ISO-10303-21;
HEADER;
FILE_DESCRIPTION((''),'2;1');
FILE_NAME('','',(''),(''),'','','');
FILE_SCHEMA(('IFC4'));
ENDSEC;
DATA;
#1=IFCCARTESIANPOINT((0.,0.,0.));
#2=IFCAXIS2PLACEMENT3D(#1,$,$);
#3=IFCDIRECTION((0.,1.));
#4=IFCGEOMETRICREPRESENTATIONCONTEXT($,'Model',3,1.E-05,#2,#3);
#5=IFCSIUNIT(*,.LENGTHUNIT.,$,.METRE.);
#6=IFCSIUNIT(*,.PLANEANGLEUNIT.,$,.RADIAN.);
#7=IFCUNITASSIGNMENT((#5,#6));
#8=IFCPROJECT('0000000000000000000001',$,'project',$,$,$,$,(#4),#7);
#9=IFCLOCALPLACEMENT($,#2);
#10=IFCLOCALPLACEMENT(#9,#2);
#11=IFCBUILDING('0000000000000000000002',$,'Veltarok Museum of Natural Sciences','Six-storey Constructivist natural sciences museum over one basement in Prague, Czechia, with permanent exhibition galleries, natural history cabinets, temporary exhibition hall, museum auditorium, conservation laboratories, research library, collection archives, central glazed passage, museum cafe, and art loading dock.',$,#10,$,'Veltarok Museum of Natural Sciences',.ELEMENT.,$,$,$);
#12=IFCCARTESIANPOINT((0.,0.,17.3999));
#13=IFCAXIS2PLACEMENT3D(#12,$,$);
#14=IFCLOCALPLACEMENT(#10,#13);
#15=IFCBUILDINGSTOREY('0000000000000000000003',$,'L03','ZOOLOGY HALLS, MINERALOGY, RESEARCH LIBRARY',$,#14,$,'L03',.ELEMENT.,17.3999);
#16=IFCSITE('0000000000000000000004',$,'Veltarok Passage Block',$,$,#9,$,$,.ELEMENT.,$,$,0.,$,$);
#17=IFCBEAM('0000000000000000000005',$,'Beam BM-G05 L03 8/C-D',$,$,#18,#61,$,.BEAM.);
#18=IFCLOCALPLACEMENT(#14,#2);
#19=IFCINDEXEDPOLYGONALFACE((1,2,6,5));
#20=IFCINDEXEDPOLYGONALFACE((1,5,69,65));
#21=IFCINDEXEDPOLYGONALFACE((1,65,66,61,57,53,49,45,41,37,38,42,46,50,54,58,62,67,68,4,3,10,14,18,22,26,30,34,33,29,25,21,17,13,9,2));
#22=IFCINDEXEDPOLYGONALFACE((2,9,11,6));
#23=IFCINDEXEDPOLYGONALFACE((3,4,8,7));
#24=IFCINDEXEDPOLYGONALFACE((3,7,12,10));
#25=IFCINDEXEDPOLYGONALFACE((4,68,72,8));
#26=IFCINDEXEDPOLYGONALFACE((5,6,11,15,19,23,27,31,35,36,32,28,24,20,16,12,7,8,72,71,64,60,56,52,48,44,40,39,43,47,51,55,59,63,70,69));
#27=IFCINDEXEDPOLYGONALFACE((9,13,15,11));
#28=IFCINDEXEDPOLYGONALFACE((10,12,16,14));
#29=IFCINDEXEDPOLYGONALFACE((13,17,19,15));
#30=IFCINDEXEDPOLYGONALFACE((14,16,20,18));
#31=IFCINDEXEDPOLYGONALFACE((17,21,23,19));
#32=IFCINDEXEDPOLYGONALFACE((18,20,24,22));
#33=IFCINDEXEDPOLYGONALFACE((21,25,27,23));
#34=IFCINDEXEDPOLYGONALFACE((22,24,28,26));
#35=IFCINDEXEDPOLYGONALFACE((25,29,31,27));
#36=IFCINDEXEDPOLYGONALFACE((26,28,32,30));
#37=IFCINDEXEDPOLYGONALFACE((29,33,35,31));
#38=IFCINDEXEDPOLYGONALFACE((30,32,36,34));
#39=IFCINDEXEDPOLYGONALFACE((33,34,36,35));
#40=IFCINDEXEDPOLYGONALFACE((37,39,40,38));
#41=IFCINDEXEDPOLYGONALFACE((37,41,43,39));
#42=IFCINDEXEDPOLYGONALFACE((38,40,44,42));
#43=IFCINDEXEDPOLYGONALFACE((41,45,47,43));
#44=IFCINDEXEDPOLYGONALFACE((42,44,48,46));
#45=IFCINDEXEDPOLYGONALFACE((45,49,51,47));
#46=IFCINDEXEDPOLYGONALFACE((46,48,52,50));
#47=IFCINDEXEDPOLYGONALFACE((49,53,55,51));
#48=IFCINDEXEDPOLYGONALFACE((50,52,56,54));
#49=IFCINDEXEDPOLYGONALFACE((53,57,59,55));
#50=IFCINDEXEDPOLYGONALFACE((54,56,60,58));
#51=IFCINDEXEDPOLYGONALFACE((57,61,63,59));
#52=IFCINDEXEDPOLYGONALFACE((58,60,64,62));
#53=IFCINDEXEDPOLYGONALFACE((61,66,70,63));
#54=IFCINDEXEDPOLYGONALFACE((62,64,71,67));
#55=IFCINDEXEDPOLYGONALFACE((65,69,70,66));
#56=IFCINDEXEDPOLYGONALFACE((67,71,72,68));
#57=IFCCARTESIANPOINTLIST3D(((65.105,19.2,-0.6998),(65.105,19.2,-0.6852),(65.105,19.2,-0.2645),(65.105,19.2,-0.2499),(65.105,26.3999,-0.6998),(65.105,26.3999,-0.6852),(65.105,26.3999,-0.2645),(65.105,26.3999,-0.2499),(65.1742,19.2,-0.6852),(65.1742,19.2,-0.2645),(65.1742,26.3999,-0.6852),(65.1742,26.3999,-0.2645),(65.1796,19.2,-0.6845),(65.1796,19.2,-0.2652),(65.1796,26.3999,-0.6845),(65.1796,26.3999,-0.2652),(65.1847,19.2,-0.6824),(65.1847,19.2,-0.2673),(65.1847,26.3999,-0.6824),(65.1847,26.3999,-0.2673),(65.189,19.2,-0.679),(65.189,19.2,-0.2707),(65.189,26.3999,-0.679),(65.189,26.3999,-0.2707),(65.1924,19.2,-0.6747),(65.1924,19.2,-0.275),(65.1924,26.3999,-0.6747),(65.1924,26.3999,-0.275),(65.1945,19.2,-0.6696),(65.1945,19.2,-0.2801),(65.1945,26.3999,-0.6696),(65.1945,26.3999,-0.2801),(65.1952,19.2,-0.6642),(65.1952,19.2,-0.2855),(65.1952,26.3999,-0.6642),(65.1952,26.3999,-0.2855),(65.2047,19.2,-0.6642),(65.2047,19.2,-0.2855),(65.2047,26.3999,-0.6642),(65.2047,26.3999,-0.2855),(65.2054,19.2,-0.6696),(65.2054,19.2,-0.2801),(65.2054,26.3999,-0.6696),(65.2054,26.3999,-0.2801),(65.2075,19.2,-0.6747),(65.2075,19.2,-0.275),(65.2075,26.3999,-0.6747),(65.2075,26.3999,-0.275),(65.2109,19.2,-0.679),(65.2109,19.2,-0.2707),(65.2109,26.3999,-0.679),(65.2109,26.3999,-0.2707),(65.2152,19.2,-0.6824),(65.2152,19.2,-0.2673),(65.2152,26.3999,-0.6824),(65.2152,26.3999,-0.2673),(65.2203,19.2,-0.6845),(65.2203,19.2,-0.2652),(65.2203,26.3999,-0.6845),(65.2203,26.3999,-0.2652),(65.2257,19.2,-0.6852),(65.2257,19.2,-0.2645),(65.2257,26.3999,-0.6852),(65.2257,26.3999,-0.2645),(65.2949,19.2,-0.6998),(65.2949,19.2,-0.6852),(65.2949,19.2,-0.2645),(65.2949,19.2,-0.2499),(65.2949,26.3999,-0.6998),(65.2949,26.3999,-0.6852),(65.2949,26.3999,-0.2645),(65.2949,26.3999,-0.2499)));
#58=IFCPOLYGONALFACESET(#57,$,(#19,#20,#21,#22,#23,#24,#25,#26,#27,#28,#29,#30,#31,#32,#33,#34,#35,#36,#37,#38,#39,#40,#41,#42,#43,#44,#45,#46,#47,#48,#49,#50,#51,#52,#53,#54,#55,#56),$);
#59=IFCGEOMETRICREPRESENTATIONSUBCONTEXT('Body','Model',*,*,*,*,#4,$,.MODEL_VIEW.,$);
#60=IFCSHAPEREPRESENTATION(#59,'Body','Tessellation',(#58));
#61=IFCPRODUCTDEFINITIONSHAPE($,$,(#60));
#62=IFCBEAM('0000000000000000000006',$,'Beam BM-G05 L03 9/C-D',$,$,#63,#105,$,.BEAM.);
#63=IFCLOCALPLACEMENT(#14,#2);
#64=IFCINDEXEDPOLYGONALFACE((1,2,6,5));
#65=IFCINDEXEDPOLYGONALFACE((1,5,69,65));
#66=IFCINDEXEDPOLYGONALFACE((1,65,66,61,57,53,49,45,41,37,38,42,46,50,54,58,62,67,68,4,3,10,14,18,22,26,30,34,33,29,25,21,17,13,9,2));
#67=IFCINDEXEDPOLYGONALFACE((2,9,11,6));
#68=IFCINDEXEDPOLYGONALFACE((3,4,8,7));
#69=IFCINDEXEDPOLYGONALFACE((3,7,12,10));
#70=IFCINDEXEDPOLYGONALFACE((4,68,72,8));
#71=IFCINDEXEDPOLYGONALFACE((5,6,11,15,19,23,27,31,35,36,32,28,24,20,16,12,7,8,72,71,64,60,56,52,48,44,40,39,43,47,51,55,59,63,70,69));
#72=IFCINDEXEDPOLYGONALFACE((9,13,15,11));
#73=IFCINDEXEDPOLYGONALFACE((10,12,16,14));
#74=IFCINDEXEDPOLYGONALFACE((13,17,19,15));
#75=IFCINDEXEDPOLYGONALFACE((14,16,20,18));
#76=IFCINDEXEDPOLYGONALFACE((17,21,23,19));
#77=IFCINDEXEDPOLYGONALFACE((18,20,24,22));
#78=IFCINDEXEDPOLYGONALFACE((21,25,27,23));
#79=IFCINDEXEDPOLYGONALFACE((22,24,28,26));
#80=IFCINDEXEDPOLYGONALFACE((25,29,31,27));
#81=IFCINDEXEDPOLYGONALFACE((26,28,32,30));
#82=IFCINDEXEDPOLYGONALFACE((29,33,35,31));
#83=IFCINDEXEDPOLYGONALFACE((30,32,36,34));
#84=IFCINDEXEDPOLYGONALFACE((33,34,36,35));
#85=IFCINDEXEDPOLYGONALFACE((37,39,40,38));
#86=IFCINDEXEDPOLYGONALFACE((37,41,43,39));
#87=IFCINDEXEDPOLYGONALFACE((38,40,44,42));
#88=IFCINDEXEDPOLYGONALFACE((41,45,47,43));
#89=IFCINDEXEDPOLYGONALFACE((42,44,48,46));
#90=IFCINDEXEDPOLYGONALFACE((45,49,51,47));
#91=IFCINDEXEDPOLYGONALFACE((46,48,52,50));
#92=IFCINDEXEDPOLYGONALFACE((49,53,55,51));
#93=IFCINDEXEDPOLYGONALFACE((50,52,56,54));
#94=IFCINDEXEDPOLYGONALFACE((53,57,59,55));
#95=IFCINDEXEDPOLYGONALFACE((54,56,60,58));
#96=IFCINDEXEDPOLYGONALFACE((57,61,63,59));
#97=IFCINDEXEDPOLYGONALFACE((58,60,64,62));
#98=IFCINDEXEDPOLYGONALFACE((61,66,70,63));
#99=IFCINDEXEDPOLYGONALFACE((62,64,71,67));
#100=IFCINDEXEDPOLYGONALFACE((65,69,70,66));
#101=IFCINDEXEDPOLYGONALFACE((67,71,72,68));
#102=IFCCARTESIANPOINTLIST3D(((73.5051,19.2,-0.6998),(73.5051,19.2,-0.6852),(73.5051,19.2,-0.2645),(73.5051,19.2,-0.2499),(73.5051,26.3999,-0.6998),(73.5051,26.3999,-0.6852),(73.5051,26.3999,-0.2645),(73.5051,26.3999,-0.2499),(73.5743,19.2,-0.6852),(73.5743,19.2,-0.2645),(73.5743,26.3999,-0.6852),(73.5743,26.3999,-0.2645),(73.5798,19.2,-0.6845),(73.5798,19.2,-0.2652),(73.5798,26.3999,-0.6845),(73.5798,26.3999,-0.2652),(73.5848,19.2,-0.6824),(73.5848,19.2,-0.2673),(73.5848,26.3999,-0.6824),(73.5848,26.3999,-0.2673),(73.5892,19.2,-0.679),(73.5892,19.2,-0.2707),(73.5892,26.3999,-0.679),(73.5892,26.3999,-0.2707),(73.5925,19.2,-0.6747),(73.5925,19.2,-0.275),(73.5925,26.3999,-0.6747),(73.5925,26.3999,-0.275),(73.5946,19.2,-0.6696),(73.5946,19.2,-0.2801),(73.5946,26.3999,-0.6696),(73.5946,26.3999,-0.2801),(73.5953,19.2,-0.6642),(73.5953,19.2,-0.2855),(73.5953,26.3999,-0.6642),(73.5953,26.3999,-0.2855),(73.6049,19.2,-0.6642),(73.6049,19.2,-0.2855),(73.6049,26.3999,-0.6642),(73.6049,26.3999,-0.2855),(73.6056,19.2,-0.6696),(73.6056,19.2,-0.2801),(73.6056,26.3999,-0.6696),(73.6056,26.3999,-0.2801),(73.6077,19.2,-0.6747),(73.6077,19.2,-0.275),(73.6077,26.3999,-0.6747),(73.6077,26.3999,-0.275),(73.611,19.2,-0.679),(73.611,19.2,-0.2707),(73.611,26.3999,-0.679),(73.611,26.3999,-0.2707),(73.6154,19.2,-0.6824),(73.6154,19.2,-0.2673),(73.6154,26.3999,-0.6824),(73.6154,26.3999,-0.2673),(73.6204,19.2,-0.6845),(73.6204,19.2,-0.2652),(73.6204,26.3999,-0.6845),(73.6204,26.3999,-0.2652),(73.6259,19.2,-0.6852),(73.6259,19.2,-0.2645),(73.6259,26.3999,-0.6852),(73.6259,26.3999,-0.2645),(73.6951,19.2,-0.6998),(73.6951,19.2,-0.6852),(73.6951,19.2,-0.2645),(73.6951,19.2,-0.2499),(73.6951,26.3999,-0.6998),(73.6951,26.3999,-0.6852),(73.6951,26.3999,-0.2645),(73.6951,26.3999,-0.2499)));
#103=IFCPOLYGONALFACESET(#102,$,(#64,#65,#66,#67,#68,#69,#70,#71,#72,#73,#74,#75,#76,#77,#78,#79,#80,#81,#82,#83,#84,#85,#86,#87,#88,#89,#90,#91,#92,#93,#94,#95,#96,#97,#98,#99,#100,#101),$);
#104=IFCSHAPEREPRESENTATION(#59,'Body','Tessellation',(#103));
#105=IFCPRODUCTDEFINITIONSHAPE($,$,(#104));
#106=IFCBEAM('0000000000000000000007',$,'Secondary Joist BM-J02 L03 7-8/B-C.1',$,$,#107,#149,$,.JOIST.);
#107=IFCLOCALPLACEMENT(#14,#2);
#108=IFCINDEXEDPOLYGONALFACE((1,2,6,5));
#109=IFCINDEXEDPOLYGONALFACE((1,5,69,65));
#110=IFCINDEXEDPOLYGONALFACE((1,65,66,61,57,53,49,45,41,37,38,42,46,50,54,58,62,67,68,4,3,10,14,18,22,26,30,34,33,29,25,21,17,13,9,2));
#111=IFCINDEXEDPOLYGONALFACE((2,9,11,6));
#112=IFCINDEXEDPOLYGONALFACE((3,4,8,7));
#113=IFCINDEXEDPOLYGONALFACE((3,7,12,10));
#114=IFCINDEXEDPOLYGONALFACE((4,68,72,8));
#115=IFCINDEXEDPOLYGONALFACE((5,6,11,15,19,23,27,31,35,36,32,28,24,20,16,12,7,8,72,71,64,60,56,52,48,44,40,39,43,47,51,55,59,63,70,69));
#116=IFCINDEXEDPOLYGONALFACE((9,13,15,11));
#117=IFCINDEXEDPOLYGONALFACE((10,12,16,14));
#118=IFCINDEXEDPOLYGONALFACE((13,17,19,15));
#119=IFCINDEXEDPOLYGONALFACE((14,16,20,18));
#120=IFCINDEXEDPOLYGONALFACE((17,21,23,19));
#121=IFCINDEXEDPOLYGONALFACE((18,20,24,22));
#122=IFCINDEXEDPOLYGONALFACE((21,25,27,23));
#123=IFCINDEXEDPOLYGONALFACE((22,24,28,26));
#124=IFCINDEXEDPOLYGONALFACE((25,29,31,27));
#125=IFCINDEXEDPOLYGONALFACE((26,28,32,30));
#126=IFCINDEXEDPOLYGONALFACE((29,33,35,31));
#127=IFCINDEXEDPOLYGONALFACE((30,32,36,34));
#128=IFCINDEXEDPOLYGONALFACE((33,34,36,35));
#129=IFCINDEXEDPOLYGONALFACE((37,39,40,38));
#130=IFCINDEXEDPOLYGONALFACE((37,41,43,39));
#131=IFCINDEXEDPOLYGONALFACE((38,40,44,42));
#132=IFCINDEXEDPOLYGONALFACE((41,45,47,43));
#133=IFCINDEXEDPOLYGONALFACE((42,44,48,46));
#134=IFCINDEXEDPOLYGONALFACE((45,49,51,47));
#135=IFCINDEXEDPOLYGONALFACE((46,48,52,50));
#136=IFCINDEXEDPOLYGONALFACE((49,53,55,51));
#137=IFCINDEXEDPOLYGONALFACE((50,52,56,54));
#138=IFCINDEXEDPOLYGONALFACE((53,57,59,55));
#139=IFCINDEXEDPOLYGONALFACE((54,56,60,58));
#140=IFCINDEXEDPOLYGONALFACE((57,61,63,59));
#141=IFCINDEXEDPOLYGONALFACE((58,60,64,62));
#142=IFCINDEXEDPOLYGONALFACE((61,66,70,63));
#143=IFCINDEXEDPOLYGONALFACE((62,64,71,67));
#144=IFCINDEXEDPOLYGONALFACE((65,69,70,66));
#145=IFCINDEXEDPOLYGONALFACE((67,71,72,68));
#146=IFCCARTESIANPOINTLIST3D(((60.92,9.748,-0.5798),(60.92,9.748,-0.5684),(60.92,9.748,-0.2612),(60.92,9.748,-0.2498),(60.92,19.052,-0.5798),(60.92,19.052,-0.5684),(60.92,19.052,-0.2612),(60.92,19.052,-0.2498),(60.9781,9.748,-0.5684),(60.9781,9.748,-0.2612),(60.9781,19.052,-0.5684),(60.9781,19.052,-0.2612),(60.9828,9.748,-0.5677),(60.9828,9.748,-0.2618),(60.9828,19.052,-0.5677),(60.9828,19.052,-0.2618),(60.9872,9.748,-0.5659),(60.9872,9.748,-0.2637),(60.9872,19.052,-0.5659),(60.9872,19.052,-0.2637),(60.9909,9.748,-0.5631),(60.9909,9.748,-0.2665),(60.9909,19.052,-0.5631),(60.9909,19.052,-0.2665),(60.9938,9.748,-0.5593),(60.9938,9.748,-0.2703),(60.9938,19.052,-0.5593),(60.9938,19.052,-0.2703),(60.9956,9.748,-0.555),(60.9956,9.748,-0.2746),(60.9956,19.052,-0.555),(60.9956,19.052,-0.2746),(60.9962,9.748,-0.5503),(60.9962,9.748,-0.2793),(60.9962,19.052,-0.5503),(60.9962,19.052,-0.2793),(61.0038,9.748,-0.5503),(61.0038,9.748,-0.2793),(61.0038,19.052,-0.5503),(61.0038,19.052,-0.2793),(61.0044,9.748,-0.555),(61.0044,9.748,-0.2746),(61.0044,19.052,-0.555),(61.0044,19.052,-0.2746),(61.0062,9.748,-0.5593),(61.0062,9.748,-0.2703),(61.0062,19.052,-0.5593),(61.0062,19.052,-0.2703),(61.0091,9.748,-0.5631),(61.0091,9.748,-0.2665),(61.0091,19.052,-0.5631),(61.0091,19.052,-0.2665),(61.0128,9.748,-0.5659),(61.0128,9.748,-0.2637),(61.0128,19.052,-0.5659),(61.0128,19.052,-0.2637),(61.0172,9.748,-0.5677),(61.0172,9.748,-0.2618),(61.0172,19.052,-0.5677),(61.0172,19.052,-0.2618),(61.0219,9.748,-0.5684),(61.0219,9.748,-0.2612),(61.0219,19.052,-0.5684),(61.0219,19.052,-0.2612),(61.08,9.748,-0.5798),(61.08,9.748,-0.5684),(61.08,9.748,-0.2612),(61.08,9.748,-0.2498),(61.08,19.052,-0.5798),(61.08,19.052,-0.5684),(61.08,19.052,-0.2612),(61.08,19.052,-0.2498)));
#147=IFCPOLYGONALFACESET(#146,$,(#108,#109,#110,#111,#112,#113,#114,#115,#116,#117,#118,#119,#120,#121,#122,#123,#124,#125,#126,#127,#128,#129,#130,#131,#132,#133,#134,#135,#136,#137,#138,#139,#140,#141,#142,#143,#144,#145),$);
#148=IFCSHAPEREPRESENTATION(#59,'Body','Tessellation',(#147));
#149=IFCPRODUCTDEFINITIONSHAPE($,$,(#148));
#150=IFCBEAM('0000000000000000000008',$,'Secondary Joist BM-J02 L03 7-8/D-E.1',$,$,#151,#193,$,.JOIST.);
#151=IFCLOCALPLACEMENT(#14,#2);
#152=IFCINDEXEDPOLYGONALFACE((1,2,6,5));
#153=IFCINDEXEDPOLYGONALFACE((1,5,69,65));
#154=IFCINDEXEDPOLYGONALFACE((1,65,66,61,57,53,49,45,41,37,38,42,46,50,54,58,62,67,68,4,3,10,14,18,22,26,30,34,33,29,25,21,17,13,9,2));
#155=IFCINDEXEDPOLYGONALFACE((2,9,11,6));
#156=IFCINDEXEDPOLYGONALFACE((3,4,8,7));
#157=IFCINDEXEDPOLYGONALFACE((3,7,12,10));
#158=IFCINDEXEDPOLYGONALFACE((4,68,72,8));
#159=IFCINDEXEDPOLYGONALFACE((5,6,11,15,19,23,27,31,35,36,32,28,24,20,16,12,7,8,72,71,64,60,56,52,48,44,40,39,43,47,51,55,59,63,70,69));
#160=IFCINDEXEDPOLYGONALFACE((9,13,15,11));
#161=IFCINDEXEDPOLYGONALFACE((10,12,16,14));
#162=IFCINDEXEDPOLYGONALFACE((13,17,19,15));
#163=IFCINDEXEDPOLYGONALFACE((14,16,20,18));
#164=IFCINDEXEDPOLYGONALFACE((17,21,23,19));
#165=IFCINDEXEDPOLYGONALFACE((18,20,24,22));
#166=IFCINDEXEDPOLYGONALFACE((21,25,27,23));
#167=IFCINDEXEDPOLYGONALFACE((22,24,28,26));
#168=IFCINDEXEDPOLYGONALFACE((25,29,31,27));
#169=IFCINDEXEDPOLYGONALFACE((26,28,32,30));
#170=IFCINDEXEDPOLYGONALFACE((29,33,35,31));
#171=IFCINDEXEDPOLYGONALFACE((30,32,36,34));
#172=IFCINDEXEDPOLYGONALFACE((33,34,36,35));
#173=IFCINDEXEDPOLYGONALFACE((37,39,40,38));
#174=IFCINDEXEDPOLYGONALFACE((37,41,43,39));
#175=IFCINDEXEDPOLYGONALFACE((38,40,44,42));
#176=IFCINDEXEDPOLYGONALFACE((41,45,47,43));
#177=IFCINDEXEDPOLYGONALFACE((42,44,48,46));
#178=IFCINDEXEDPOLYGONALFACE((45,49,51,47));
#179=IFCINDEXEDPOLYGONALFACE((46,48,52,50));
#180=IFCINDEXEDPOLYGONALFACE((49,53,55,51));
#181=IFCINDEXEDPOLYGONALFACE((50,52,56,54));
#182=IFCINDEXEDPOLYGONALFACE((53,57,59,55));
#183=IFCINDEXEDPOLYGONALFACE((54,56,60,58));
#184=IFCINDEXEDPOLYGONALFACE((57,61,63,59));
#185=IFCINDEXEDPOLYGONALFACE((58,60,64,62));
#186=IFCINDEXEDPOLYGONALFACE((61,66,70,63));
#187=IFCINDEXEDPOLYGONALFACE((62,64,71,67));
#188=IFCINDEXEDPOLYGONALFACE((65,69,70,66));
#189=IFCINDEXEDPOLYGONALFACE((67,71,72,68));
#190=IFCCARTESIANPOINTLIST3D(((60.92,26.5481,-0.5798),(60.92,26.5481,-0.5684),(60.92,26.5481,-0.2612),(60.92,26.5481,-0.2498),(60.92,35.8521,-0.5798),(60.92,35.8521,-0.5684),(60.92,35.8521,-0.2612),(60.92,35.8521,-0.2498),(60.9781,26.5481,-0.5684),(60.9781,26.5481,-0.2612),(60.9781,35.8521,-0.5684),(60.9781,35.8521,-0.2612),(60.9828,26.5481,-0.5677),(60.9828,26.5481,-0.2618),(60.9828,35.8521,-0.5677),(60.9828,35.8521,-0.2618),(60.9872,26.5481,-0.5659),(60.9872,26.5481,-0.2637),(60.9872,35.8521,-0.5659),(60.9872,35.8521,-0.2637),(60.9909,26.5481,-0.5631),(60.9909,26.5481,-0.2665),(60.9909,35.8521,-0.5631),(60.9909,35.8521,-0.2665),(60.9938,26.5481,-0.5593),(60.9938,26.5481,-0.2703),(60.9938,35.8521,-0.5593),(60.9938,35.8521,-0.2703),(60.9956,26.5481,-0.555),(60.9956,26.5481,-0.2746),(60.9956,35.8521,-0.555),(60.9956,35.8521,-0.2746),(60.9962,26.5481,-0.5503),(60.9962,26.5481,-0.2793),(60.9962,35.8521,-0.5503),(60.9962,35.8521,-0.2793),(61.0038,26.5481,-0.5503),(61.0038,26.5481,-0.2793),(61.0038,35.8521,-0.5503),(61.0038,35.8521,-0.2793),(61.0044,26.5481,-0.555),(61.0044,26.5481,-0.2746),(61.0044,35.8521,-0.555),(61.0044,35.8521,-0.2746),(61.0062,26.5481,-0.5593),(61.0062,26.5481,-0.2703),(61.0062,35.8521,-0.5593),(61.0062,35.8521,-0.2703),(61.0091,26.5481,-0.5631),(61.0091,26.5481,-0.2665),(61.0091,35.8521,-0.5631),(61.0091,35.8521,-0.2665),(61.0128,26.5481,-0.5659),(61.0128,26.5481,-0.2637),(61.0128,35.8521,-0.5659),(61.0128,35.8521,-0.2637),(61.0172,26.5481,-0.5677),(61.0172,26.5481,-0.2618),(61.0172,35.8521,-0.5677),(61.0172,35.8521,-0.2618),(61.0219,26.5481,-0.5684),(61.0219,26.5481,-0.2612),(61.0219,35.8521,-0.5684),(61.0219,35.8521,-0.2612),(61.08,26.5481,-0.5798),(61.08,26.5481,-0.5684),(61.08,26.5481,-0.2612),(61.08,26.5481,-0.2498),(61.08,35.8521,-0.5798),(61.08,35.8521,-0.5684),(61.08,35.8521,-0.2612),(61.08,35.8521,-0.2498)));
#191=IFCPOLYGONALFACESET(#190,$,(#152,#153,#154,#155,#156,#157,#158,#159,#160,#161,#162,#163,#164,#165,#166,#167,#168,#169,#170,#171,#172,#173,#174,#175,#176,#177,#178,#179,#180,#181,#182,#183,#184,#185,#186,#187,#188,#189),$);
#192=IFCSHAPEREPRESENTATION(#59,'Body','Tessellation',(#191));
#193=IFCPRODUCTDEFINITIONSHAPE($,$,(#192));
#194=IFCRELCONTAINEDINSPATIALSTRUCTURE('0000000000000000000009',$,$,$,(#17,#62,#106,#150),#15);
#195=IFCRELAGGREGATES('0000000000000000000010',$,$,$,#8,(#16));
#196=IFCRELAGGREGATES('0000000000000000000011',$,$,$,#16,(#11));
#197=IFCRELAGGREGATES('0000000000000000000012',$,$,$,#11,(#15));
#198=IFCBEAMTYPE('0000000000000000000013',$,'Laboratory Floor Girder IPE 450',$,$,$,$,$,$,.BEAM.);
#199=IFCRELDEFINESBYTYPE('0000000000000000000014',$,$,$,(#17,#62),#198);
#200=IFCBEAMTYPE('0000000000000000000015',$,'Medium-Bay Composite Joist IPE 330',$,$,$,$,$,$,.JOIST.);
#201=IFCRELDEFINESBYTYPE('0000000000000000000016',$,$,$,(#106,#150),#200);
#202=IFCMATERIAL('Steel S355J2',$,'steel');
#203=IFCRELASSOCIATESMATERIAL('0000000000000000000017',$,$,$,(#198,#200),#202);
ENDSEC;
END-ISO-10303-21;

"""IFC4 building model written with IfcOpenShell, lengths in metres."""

from ifc_helpers import new_model, si_unit, direction, frame, origin, origin_2d, place, context, subcontext, project, spatial, i_section, extrude, material, material_profile, profile_set, type_object, element, save


model = new_model("IFC4")

# Units and contexts
model_context = context("Model", 3, precision=1e-05, world=origin(), true_north=direction((0.0, 1.0)))
body_context = subcontext(model_context, "Body", "Model", "MODEL_VIEW")
ifc_project = project(units=[si_unit("LENGTHUNIT", "METRE"), si_unit("PLANEANGLEUNIT", "RADIAN")], contexts=[model_context])

# Site, building, storey
site_placement = place(None, origin())
site = spatial("IfcSite", under=ifc_project, at=site_placement, Name="Veltarok Passage Block", CompositionType="ELEMENT", RefElevation=0.0)
building_placement = place(site_placement, origin())
building = spatial("IfcBuilding", under=site, at=building_placement, Name="Veltarok Museum of Natural Sciences", Description="Six-storey Constructivist natural sciences museum over one basement in Prague, Czechia, with permanent exhibition galleries, natural history cabinets, temporary exhibition hall, museum auditorium, conservation laboratories, research library, collection archives, central glazed passage, museum cafe, and art loading dock.", LongName="Veltarok Museum of Natural Sciences", CompositionType="ELEMENT")
storey_placement = place(building_placement, frame((0.0, 0.0, 17.3999)))
storey = spatial("IfcBuildingStorey", under=building, at=storey_placement, Name="L03", Description="ZOOLOGY HALLS, MINERALOGY, RESEARCH LIBRARY", LongName="L03", CompositionType="ELEMENT", Elevation=17.3999)

# Shared definitions
ifc_material_1 = material(Name="Steel S355J2", Category="steel")

# Beams
ifc_material_profile_1 = material_profile(ifc_material_1, i_section(OverallWidth=0.1899, OverallDepth=0.45, WebThickness=0.0095, FlangeThickness=0.0146, FilletRadius=0.021, at=origin_2d()), Name="IPE 450")
ifc_profile_set_1 = profile_set([ifc_material_profile_1], Name="Steel S355J2")
beam_type_1 = type_object("IfcBeamType", Name="Laboratory Floor Girder IPE 450", PredefinedType="BEAM", material=ifc_profile_set_1)
for number, where, z_axis, x_axis, name in (
    (1, (65.2, 19.2, -0.4749), (0.0, 1.0, 0.0), (-1.0, 0.0, 0.0), "Beam BM-G05 L03 8/C-D"),
    (2, (73.6001, 19.2, -0.4749), (0.0, 1.0, 0.0), (-1.0, 0.0, 0.0), "Beam BM-G05 L03 9/C-D"),
):
    element("IfcBeam", number, at=place(storey_placement, frame(where, z_axis=z_axis, x_axis=x_axis)), inside=storey, type_object=beam_type_1, Name=name, PredefinedType="BEAM", context=body_context, shape_type="SweptSolid", body=[
        extrude(i_section(OverallWidth=0.1899, OverallDepth=0.45, WebThickness=0.0095, FlangeThickness=0.0146, FilletRadius=0.021, at=origin_2d()), origin(), (0.0, 0.0, 1.0), 7.2),
    ])
ifc_material_profile_2 = material_profile(ifc_material_1, i_section(OverallWidth=0.1599, OverallDepth=0.3301, WebThickness=0.0076, FlangeThickness=0.0115, FilletRadius=0.0181, at=origin_2d()), Name="IPE 330")
ifc_profile_set_2 = profile_set([ifc_material_profile_2], Name="Steel S355J2")
beam_type_2 = type_object("IfcBeamType", Name="Medium-Bay Composite Joist IPE 330", PredefinedType="JOIST", material=ifc_profile_set_2)
for number, where, z_axis, x_axis, name in (
    (3, (61.0, 9.748, -0.4148), (0.0, 1.0, 0.0), (-1.0, 0.0, 0.0), "Secondary Joist BM-J02 L03 7-8/B-C.1"),
    (4, (61.0, 26.5481, -0.4148), (0.0, 1.0, 0.0), (-1.0, 0.0, 0.0), "Secondary Joist BM-J02 L03 7-8/D-E.1"),
):
    element("IfcBeam", number, at=place(storey_placement, frame(where, z_axis=z_axis, x_axis=x_axis)), inside=storey, type_object=beam_type_2, Name=name, PredefinedType="JOIST", context=body_context, shape_type="SweptSolid", body=[
        extrude(i_section(OverallWidth=0.1599, OverallDepth=0.3301, WebThickness=0.0076, FlangeThickness=0.0115, FilletRadius=0.0181, at=origin_2d()), origin(), (0.0, 0.0, 1.0), 9.304),
    ])

save(model, "model.ifc")
